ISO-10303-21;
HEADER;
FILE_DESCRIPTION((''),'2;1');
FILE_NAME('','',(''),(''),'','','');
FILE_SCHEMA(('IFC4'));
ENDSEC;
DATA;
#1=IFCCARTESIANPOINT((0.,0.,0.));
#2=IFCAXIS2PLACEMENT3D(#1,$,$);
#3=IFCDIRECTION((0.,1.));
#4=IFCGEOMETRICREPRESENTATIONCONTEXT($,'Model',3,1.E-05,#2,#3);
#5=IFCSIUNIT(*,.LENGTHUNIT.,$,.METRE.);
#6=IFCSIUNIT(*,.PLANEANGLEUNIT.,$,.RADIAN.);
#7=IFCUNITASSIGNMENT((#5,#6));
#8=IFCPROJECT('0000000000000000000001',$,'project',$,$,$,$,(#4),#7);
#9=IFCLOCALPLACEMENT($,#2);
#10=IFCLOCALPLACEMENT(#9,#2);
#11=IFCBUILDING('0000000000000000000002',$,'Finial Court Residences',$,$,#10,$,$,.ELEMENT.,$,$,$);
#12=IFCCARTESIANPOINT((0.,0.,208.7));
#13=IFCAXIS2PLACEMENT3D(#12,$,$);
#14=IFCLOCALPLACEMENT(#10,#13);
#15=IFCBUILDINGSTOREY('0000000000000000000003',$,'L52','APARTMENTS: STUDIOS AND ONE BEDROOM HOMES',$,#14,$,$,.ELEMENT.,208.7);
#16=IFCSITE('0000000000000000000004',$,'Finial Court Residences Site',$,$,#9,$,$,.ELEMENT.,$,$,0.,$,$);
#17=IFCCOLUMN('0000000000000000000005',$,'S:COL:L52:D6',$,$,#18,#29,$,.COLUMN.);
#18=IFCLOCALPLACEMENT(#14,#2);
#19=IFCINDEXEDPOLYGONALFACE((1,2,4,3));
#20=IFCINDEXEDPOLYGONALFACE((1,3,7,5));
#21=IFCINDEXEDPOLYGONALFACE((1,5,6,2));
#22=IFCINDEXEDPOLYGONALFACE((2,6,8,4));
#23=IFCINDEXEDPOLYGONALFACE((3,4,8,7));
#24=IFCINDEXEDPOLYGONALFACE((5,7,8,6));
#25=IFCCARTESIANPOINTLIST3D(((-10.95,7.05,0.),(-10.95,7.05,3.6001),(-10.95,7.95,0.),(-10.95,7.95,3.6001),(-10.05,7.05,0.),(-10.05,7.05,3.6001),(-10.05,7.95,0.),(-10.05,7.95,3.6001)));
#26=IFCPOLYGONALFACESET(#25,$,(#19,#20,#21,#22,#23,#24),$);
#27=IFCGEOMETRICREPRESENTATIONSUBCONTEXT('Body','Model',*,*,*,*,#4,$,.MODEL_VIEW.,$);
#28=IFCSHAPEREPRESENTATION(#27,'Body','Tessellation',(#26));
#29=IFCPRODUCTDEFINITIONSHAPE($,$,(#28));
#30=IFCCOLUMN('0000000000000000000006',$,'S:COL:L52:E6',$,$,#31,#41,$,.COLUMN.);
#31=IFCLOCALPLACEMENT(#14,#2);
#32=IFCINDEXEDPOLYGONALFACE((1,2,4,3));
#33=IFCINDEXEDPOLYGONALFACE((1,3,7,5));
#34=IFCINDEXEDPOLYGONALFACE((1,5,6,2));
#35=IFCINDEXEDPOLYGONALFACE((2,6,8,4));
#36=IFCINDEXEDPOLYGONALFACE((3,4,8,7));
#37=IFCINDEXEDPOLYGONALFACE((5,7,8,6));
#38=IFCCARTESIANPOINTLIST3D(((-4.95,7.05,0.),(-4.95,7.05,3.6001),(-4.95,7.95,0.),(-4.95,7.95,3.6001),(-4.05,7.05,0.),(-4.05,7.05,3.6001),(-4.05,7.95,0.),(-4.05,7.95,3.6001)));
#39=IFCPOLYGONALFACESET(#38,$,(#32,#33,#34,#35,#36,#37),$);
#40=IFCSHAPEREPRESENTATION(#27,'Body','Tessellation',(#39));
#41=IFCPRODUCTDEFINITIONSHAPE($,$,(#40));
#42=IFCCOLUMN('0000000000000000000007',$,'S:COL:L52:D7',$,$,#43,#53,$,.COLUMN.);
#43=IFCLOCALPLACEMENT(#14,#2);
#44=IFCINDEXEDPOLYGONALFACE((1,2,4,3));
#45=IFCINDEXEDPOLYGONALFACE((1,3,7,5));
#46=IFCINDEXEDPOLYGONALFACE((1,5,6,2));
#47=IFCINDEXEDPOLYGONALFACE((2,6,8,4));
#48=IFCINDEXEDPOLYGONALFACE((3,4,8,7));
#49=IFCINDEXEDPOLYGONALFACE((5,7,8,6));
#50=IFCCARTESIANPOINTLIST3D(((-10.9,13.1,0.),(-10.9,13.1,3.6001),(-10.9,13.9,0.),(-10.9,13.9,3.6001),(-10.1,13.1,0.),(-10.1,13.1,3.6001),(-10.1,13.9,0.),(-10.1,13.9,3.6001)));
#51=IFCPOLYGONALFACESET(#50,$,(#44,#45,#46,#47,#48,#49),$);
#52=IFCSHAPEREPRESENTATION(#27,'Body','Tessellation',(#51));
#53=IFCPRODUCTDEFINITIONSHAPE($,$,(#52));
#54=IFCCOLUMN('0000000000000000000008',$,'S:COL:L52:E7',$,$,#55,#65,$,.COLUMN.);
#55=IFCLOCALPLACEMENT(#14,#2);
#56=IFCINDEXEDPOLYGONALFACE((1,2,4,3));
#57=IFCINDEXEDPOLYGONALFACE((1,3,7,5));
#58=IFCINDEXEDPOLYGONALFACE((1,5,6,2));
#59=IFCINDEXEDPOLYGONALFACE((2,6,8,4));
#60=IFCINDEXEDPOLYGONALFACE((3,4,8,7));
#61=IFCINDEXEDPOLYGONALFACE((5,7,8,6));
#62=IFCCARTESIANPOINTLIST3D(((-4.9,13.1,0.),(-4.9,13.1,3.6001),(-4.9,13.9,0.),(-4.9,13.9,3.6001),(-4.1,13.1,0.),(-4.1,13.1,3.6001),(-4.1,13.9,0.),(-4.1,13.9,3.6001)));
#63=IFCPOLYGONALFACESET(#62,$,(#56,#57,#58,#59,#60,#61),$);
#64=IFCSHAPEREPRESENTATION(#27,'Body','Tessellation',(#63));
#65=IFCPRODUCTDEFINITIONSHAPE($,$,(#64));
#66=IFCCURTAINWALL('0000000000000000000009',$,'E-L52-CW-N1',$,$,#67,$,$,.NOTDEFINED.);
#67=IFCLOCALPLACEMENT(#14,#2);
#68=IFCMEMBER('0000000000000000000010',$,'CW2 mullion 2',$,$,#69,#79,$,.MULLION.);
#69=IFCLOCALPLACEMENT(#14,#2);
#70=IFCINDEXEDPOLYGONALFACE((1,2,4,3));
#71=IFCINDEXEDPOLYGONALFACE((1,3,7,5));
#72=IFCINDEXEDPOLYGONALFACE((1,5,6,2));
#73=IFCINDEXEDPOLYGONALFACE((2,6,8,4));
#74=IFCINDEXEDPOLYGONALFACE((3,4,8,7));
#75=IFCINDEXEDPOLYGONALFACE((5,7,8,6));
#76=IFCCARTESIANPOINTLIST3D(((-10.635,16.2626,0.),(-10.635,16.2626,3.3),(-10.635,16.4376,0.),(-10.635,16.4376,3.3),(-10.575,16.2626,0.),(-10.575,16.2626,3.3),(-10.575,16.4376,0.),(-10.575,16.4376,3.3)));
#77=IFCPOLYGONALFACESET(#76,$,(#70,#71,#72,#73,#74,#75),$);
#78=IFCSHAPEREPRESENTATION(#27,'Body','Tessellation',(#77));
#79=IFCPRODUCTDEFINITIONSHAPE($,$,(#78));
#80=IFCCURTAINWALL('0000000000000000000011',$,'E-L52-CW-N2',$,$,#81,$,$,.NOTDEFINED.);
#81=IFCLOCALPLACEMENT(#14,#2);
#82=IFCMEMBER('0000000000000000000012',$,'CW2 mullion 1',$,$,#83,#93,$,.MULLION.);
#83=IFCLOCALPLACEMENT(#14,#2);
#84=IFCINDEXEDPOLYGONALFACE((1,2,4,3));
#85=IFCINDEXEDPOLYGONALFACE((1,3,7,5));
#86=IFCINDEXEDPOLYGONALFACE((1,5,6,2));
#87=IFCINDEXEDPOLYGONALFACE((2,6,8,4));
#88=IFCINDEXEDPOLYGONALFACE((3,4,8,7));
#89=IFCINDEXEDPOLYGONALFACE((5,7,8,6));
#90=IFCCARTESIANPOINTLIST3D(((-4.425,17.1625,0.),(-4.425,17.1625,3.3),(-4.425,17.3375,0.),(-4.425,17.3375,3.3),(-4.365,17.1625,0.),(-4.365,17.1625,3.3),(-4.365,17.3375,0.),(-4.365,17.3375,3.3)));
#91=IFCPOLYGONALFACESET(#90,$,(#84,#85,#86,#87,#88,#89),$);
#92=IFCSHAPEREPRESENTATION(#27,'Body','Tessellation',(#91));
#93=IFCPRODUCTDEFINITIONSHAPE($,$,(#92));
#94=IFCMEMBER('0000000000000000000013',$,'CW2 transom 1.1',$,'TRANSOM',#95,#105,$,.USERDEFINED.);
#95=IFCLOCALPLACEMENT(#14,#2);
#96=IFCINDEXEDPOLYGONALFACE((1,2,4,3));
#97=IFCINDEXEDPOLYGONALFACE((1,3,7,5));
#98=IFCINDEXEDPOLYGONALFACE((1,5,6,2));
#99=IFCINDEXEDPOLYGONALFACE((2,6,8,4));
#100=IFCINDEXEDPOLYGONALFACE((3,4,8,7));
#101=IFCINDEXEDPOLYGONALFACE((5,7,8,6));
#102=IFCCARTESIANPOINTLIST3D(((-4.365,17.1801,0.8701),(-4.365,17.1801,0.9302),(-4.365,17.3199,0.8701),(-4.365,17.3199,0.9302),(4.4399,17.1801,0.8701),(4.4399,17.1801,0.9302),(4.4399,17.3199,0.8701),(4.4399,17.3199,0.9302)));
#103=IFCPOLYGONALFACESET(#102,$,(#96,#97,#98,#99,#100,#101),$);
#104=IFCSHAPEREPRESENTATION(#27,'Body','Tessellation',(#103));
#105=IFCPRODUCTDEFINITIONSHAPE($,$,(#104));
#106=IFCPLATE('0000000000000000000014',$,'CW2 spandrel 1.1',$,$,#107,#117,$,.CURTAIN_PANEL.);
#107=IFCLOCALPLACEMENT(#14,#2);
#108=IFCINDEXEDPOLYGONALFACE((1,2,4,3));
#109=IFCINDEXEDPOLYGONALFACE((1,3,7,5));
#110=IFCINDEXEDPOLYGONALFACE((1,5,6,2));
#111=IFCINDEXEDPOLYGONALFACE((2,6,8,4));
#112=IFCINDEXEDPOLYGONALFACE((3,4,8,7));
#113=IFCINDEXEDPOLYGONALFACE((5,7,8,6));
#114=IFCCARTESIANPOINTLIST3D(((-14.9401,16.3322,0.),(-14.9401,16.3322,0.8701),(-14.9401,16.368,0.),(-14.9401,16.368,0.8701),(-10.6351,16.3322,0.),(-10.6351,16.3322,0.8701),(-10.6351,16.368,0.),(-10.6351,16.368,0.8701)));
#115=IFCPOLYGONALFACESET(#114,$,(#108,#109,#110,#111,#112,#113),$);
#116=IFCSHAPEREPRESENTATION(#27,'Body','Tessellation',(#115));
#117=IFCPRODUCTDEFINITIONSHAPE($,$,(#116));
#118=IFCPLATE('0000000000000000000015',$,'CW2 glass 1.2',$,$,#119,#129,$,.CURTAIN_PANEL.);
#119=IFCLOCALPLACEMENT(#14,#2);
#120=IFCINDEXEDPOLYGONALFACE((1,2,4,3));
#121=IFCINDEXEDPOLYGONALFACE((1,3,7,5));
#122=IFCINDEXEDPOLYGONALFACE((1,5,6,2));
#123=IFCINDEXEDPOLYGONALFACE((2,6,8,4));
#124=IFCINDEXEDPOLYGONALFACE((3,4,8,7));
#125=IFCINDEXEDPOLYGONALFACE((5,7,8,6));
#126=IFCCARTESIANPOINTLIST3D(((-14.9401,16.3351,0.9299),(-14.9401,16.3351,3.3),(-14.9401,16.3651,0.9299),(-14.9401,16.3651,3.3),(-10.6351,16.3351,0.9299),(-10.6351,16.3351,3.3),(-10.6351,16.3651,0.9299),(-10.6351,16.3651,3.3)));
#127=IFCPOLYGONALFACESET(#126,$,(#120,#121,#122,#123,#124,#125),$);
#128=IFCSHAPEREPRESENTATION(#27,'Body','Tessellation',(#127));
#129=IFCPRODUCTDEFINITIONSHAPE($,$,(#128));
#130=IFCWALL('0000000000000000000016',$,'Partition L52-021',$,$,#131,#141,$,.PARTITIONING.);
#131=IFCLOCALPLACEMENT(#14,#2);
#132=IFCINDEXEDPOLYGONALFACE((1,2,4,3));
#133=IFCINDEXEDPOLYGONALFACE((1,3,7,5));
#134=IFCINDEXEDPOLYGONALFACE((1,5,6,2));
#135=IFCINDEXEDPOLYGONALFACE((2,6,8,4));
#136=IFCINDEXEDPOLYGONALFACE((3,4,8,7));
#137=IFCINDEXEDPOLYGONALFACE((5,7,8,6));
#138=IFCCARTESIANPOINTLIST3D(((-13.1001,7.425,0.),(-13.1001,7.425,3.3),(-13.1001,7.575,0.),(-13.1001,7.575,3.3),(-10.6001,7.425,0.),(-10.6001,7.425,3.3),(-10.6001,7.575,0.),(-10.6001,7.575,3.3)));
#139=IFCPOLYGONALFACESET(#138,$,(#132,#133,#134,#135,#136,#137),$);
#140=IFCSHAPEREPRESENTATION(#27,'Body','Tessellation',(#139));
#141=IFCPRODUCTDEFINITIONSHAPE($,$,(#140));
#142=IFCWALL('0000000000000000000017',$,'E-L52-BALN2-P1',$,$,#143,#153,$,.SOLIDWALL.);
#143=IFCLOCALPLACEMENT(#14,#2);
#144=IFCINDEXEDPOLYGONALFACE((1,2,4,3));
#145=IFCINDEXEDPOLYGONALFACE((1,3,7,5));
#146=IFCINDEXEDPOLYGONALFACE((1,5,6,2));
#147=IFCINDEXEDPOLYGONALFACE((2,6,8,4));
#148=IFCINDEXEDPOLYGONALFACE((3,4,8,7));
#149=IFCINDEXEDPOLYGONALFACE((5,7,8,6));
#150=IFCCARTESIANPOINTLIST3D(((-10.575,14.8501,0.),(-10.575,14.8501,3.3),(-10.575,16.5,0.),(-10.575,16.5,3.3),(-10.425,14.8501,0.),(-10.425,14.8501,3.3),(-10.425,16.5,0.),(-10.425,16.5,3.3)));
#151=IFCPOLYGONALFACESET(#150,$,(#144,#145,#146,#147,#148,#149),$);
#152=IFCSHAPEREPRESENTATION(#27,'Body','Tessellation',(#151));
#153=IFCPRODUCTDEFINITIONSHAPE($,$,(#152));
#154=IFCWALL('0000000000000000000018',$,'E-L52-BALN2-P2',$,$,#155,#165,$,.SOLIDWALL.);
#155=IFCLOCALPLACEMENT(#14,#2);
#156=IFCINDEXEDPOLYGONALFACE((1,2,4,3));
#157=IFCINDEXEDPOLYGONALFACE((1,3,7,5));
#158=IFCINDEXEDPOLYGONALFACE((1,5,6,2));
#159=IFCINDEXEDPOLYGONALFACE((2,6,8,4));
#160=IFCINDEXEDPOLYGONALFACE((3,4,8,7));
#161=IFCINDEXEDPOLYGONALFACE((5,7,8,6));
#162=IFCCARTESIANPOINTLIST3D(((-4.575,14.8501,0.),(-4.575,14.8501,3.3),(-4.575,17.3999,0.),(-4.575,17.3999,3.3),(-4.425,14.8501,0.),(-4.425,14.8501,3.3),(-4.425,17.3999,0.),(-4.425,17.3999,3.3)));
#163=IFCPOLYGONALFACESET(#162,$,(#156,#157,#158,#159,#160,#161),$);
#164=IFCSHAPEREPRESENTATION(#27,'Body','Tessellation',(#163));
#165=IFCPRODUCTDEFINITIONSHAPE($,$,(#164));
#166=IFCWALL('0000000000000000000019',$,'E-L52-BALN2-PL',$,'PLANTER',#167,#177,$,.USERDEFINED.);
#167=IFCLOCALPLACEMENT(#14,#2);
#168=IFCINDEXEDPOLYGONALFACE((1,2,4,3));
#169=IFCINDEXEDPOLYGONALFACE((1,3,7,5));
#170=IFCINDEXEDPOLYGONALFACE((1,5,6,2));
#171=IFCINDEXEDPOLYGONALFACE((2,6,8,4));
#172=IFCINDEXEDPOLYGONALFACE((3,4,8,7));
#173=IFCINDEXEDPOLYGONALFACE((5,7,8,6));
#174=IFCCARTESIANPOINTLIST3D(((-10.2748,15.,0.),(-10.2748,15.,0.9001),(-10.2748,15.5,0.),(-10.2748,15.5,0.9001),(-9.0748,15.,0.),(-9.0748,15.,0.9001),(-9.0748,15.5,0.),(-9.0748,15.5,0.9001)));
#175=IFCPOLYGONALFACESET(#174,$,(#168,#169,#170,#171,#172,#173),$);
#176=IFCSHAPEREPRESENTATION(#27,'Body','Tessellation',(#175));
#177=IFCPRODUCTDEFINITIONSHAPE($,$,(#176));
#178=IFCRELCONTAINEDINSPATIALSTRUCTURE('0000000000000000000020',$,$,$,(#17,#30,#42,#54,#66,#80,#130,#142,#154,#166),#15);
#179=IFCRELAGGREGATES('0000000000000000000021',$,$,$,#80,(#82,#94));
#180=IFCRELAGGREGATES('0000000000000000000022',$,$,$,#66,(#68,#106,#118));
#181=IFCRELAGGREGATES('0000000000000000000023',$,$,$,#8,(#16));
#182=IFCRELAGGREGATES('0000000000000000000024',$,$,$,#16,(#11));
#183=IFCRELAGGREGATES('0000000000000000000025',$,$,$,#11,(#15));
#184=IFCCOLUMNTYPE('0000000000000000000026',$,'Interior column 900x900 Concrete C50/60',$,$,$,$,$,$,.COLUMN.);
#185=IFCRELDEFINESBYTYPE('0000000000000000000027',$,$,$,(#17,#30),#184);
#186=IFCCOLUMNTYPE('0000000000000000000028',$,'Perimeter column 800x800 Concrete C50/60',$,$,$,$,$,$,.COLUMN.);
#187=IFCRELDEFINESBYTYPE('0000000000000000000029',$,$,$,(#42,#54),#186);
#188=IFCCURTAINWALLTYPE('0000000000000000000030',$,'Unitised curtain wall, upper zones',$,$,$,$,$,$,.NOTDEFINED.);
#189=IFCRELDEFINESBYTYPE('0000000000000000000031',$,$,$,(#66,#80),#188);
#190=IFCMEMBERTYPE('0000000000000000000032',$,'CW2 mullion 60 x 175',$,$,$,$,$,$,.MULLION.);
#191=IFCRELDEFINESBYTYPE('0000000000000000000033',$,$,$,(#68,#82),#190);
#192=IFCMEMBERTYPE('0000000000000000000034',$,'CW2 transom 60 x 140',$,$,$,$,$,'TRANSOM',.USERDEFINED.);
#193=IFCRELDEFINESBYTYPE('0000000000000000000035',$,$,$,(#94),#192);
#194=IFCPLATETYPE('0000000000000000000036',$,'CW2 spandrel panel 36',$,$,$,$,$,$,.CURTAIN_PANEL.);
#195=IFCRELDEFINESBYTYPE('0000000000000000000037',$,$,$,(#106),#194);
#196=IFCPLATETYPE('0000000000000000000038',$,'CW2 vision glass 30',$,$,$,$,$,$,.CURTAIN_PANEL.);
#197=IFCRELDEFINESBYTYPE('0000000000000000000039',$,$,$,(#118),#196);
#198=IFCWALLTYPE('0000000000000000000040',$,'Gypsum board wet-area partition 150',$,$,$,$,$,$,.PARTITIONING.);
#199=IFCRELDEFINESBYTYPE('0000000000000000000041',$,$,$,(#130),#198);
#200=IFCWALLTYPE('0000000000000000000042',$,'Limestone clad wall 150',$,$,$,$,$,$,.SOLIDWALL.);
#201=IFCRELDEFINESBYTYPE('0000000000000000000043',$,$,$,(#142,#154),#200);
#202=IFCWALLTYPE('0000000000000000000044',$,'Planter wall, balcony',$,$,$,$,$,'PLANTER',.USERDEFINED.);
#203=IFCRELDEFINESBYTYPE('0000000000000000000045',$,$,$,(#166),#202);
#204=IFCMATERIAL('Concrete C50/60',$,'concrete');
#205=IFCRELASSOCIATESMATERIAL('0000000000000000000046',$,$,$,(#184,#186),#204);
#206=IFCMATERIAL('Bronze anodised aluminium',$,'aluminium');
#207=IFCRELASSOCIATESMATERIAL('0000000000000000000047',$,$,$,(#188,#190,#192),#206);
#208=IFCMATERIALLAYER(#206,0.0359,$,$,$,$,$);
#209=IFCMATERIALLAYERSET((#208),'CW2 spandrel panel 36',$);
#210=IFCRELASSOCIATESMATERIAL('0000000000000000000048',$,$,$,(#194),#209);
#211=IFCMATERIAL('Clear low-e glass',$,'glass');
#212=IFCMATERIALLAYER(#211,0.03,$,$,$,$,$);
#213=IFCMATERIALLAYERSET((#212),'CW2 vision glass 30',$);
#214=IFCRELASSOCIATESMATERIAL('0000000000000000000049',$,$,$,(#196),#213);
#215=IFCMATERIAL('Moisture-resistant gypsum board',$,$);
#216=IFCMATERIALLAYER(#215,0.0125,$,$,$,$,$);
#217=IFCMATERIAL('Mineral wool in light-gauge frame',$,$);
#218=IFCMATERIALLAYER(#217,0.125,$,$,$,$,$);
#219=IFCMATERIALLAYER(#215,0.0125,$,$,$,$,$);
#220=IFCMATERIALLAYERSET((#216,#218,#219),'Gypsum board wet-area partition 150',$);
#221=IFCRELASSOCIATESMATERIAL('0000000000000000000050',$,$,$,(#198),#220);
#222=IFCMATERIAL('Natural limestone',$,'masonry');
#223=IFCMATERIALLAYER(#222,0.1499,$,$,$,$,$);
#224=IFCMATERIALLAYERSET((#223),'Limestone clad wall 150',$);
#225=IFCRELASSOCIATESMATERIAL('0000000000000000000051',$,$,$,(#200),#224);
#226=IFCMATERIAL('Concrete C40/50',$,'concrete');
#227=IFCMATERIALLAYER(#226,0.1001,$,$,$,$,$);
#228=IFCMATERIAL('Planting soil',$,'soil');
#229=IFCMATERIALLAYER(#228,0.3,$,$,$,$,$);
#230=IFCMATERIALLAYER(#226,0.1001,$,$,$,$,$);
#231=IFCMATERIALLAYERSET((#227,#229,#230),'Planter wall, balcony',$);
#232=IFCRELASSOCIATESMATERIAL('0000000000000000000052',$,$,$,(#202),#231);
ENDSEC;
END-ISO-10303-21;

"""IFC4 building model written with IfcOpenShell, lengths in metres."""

from ifc_helpers import new_model, si_unit, direction, frame, frame_2d, origin, origin_2d, place, context, subcontext, project, spatial, rectangle, extrude, material, layer, layer_set, material_profile, profile_set, type_object, element, aggregate, save


model = new_model("IFC4")

# Units and contexts
model_context = context("Model", 3, precision=1e-05, world=origin(), true_north=direction((0.0, 1.0)))
body_context = subcontext(model_context, "Body", "Model", "MODEL_VIEW")
ifc_project = project(units=[si_unit("LENGTHUNIT", "METRE"), si_unit("PLANEANGLEUNIT", "RADIAN")], contexts=[model_context])

# Site, building, storey
site_placement = place(None, origin())
site = spatial("IfcSite", under=ifc_project, at=site_placement, Name="Finial Court Residences Site", CompositionType="ELEMENT", RefElevation=0.0)
building_placement = place(site_placement, origin())
building = spatial("IfcBuilding", under=site, at=building_placement, Name="Finial Court Residences", CompositionType="ELEMENT")
storey_placement = place(building_placement, frame((0.0, 0.0, 208.7)))
storey = spatial("IfcBuildingStorey", under=building, at=storey_placement, Name="L52", Description="APARTMENTS: STUDIOS AND ONE BEDROOM HOMES", CompositionType="ELEMENT", Elevation=208.7)

# Columns
ifc_material_1 = material(Name="Concrete C50/60", Category="concrete")
ifc_material_profile_1 = material_profile(ifc_material_1, rectangle(XDim=0.8999, YDim=0.8999, at=origin_2d()), Name="900x900")
ifc_profile_set_1 = profile_set([ifc_material_profile_1], Name="Concrete C50/60")
column_type_1 = type_object("IfcColumnType", Name="Interior column 900x900 Concrete C50/60", PredefinedType="COLUMN", material=ifc_profile_set_1)
for number, where, z_axis, x_axis, name in (
    (1, (-10.5, 7.5, 0.0), (0.0, 0.0, 1.0), (1.0, 0.0, 0.0), "S:COL:L52:D6"),
    (2, (-4.5, 7.5, 0.0), (0.0, 0.0, 1.0), (1.0, 0.0, 0.0), "S:COL:L52:E6"),
):
    element("IfcColumn", number, at=place(storey_placement, frame(where, z_axis=z_axis, x_axis=x_axis)), inside=storey, type_object=column_type_1, Name=name, PredefinedType="COLUMN", context=body_context, shape_type="SweptSolid", body=[
        extrude(rectangle(XDim=0.8999, YDim=0.8999, at=origin_2d()), origin(), (0.0, 0.0, 1.0), 3.6001),
    ])
ifc_material_profile_2 = material_profile(ifc_material_1, rectangle(XDim=0.8, YDim=0.8, at=origin_2d()), Name="800x800")
ifc_profile_set_2 = profile_set([ifc_material_profile_2], Name="Concrete C50/60")
column_type_2 = type_object("IfcColumnType", Name="Perimeter column 800x800 Concrete C50/60", PredefinedType="COLUMN", material=ifc_profile_set_2)
for number, where, z_axis, x_axis, name in (
    (3, (-10.5, 13.5, 0.0), (0.0, 0.0, 1.0), (1.0, 0.0, 0.0), "S:COL:L52:D7"),
    (4, (-4.5, 13.5, 0.0), (0.0, 0.0, 1.0), (1.0, 0.0, 0.0), "S:COL:L52:E7"),
):
    element("IfcColumn", number, at=place(storey_placement, frame(where, z_axis=z_axis, x_axis=x_axis)), inside=storey, type_object=column_type_2, Name=name, PredefinedType="COLUMN", context=body_context, shape_type="SweptSolid", body=[
        extrude(rectangle(XDim=0.8, YDim=0.8, at=origin_2d()), origin(), (0.0, 0.0, 1.0), 3.6001),
    ])

# Curtain wall, member
ifc_material_2 = material(Name="Bronze anodised aluminium", Category="aluminium")
curtain_wall_type = type_object("IfcCurtainWallType", Name="Unitised curtain wall, upper zones", PredefinedType="NOTDEFINED", material=ifc_material_2)
curtain_wall_1_placement = place(storey_placement, origin())
curtain_wall_1 = element("IfcCurtainWall", 5, at=curtain_wall_1_placement, inside=storey, type_object=curtain_wall_type, Name="E-L52-CW-N1", PredefinedType="NOTDEFINED")
ifc_material_profile_3 = material_profile(ifc_material_2, rectangle(XDim=0.175, YDim=0.0601, at=origin_2d()), Name="CW2 mullion 60 x 175")
ifc_profile_set_3 = profile_set([ifc_material_profile_3], Name="Bronze anodised aluminium")
member_type_1 = type_object("IfcMemberType", Name="CW2 mullion 60 x 175", PredefinedType="MULLION", material=ifc_profile_set_3)
member_1_placement = place(storey_placement, frame((-10.605, 16.3501, 0.0), z_axis=(0.0, 0.0, 1.0), x_axis=(0.0, 1.0, 0.0)))
member_1 = element("IfcMember", 6, at=member_1_placement, type_object=member_type_1, Name="CW2 mullion 2", PredefinedType="MULLION", context=body_context, shape_type="SweptSolid", body=[
    extrude(rectangle(XDim=0.175, YDim=0.0601, at=origin_2d()), origin(), (0.0, 0.0, 1.0), 3.3),
])

# Curtain wall, members
curtain_wall_2_placement = place(storey_placement, origin())
curtain_wall_2 = element("IfcCurtainWall", 7, at=curtain_wall_2_placement, inside=storey, type_object=curtain_wall_type, Name="E-L52-CW-N2", PredefinedType="NOTDEFINED")
member_2_placement = place(storey_placement, frame((-4.395, 17.25, 0.0), z_axis=(0.0, 0.0, 1.0), x_axis=(0.0, 1.0, 0.0)))
member_2 = element("IfcMember", 8, at=member_2_placement, type_object=member_type_1, Name="CW2 mullion 1", PredefinedType="MULLION", context=body_context, shape_type="SweptSolid", body=[
    extrude(rectangle(XDim=0.175, YDim=0.0601, at=origin_2d()), origin(), (0.0, 0.0, 1.0), 3.3),
])
ifc_material_profile_4 = material_profile(ifc_material_2, rectangle(XDim=0.1399, YDim=0.0601, at=origin_2d()), Name="CW2 transom 60 x 140")
ifc_profile_set_4 = profile_set([ifc_material_profile_4], Name="Bronze anodised aluminium")
member_type_2 = type_object("IfcMemberType", Name="CW2 transom 60 x 140", ElementType="TRANSOM", PredefinedType="USERDEFINED", material=ifc_profile_set_4)
member_3_placement = place(storey_placement, frame((-4.365, 17.25, 0.9001), z_axis=(1.0, 0.0, 0.0), x_axis=(0.0, 1.0, 0.0)))
member_3 = element("IfcMember", 9, at=member_3_placement, type_object=member_type_2, Name="CW2 transom 1.1", ObjectType="TRANSOM", PredefinedType="USERDEFINED", context=body_context, shape_type="SweptSolid", body=[
    extrude(rectangle(XDim=0.1399, YDim=0.0601, at=origin_2d()), origin(), (0.0, 0.0, 1.0), 8.8049),
])
aggregate(curtain_wall_2, [member_2, member_3])

# Plates
ifc_layer_1 = layer(ifc_material_2, 0.0359)
ifc_layer_set_1 = layer_set([ifc_layer_1], Name="CW2 spandrel panel 36")
plate_type_1 = type_object("IfcPlateType", Name="CW2 spandrel panel 36", PredefinedType="CURTAIN_PANEL", material=ifc_layer_set_1)
plate_1_placement = place(storey_placement, frame((-12.7876, 16.3501, 0.0), z_axis=(0.0, 0.0, 1.0), x_axis=(1.0, 0.0, 0.0)))
plate_1 = element("IfcPlate", 10, at=plate_1_placement, type_object=plate_type_1, Name="CW2 spandrel 1.1", PredefinedType="CURTAIN_PANEL", context=body_context, shape_type="SweptSolid", body=[
    extrude(rectangle(XDim=4.3049, YDim=0.0359, at=origin_2d()), origin(), (0.0, 0.0, 1.0), 0.8701),
])
ifc_material_3 = material(Name="Clear low-e glass", Category="glass")
ifc_layer_2 = layer(ifc_material_3, 0.03)
ifc_layer_set_2 = layer_set([ifc_layer_2], Name="CW2 vision glass 30")
plate_type_2 = type_object("IfcPlateType", Name="CW2 vision glass 30", PredefinedType="CURTAIN_PANEL", material=ifc_layer_set_2)
plate_2_placement = place(storey_placement, frame((-12.7876, 16.3501, 0.9299), z_axis=(0.0, 0.0, 1.0), x_axis=(1.0, 0.0, 0.0)))
plate_2 = element("IfcPlate", 11, at=plate_2_placement, type_object=plate_type_2, Name="CW2 glass 1.2", PredefinedType="CURTAIN_PANEL", context=body_context, shape_type="SweptSolid", body=[
    extrude(rectangle(XDim=4.3049, YDim=0.03, at=origin_2d()), origin(), (0.0, 0.0, 1.0), 2.3701),
])
aggregate(curtain_wall_1, [member_1, plate_1, plate_2])

# Walls
ifc_material_4 = material(Name="Moisture-resistant gypsum board")
ifc_layer_3 = layer(ifc_material_4, 0.0125)
ifc_material_5 = material(Name="Mineral wool in light-gauge frame")
ifc_layer_4 = layer(ifc_material_5, 0.125)
ifc_layer_5 = layer(ifc_material_4, 0.0125)
ifc_layer_set_3 = layer_set([ifc_layer_3, ifc_layer_4, ifc_layer_5], Name="Gypsum board wet-area partition 150")
wall_type_1 = type_object("IfcWallType", Name="Gypsum board wet-area partition 150", PredefinedType="PARTITIONING", material=ifc_layer_set_3)
wall_1_placement = place(storey_placement, frame((-13.1001, 7.5, 0.0), z_axis=(0.0, 0.0, 1.0), x_axis=(1.0, 0.0, 0.0)))
element("IfcWall", 12, at=wall_1_placement, inside=storey, type_object=wall_type_1, Name="Partition L52-021", PredefinedType="PARTITIONING", context=body_context, shape_type="SweptSolid", body=[
    extrude(rectangle(XDim=2.5, YDim=0.1499, at=frame_2d((1.25, 0.0))), origin(), (0.0, 0.0, 1.0), 3.3),
])
ifc_material_6 = material(Name="Natural limestone", Category="masonry")
ifc_layer_6 = layer(ifc_material_6, 0.1499)
ifc_layer_set_4 = layer_set([ifc_layer_6], Name="Limestone clad wall 150")
wall_type_2 = type_object("IfcWallType", Name="Limestone clad wall 150", PredefinedType="SOLIDWALL", material=ifc_layer_set_4)
wall_2_placement = place(storey_placement, frame((-10.5, 14.8501, 0.0), z_axis=(0.0, 0.0, 1.0), x_axis=(0.0, 1.0, 0.0)))
element("IfcWall", 13, at=wall_2_placement, inside=storey, type_object=wall_type_2, Name="E-L52-BALN2-P1", PredefinedType="SOLIDWALL", context=body_context, shape_type="SweptSolid", body=[
    extrude(rectangle(XDim=1.6499, YDim=0.1499, at=frame_2d((0.825, 0.0))), origin(), (0.0, 0.0, 1.0), 3.3),
])
wall_3_placement = place(storey_placement, frame((-4.5, 14.8501, 0.0), z_axis=(0.0, 0.0, 1.0), x_axis=(0.0, 1.0, 0.0)))
element("IfcWall", 14, at=wall_3_placement, inside=storey, type_object=wall_type_2, Name="E-L52-BALN2-P2", PredefinedType="SOLIDWALL", context=body_context, shape_type="SweptSolid", body=[
    extrude(rectangle(XDim=2.5498, YDim=0.1499, at=frame_2d((1.2749, 0.0))), origin(), (0.0, 0.0, 1.0), 3.3),
])

# Wall
ifc_material_7 = material(Name="Concrete C40/50", Category="concrete")
ifc_layer_7 = layer(ifc_material_7, 0.1001)
ifc_material_8 = material(Name="Planting soil", Category="soil")
ifc_layer_8 = layer(ifc_material_8, 0.3)
ifc_layer_9 = layer(ifc_material_7, 0.1001)
ifc_layer_set_5 = layer_set([ifc_layer_7, ifc_layer_8, ifc_layer_9], Name="Planter wall, balcony")
wall_type_3 = type_object("IfcWallType", Name="Planter wall, balcony", ElementType="PLANTER", PredefinedType="USERDEFINED", material=ifc_layer_set_5)
wall_4_placement = place(storey_placement, frame((-10.2749, 15.25, 0.0), z_axis=(0.0, 0.0, 1.0), x_axis=(1.0, 0.0, 0.0)))
element("IfcWall", 15, at=wall_4_placement, inside=storey, type_object=wall_type_3, Name="E-L52-BALN2-PL", ObjectType="PLANTER", PredefinedType="USERDEFINED", context=body_context, shape_type="SweptSolid", body=[
    extrude(rectangle(XDim=1.2, YDim=0.5, at=frame_2d((0.6001, 0.0))), origin(), (0.0, 0.0, 1.0), 0.9001),
])

save(model, "model.ifc")
